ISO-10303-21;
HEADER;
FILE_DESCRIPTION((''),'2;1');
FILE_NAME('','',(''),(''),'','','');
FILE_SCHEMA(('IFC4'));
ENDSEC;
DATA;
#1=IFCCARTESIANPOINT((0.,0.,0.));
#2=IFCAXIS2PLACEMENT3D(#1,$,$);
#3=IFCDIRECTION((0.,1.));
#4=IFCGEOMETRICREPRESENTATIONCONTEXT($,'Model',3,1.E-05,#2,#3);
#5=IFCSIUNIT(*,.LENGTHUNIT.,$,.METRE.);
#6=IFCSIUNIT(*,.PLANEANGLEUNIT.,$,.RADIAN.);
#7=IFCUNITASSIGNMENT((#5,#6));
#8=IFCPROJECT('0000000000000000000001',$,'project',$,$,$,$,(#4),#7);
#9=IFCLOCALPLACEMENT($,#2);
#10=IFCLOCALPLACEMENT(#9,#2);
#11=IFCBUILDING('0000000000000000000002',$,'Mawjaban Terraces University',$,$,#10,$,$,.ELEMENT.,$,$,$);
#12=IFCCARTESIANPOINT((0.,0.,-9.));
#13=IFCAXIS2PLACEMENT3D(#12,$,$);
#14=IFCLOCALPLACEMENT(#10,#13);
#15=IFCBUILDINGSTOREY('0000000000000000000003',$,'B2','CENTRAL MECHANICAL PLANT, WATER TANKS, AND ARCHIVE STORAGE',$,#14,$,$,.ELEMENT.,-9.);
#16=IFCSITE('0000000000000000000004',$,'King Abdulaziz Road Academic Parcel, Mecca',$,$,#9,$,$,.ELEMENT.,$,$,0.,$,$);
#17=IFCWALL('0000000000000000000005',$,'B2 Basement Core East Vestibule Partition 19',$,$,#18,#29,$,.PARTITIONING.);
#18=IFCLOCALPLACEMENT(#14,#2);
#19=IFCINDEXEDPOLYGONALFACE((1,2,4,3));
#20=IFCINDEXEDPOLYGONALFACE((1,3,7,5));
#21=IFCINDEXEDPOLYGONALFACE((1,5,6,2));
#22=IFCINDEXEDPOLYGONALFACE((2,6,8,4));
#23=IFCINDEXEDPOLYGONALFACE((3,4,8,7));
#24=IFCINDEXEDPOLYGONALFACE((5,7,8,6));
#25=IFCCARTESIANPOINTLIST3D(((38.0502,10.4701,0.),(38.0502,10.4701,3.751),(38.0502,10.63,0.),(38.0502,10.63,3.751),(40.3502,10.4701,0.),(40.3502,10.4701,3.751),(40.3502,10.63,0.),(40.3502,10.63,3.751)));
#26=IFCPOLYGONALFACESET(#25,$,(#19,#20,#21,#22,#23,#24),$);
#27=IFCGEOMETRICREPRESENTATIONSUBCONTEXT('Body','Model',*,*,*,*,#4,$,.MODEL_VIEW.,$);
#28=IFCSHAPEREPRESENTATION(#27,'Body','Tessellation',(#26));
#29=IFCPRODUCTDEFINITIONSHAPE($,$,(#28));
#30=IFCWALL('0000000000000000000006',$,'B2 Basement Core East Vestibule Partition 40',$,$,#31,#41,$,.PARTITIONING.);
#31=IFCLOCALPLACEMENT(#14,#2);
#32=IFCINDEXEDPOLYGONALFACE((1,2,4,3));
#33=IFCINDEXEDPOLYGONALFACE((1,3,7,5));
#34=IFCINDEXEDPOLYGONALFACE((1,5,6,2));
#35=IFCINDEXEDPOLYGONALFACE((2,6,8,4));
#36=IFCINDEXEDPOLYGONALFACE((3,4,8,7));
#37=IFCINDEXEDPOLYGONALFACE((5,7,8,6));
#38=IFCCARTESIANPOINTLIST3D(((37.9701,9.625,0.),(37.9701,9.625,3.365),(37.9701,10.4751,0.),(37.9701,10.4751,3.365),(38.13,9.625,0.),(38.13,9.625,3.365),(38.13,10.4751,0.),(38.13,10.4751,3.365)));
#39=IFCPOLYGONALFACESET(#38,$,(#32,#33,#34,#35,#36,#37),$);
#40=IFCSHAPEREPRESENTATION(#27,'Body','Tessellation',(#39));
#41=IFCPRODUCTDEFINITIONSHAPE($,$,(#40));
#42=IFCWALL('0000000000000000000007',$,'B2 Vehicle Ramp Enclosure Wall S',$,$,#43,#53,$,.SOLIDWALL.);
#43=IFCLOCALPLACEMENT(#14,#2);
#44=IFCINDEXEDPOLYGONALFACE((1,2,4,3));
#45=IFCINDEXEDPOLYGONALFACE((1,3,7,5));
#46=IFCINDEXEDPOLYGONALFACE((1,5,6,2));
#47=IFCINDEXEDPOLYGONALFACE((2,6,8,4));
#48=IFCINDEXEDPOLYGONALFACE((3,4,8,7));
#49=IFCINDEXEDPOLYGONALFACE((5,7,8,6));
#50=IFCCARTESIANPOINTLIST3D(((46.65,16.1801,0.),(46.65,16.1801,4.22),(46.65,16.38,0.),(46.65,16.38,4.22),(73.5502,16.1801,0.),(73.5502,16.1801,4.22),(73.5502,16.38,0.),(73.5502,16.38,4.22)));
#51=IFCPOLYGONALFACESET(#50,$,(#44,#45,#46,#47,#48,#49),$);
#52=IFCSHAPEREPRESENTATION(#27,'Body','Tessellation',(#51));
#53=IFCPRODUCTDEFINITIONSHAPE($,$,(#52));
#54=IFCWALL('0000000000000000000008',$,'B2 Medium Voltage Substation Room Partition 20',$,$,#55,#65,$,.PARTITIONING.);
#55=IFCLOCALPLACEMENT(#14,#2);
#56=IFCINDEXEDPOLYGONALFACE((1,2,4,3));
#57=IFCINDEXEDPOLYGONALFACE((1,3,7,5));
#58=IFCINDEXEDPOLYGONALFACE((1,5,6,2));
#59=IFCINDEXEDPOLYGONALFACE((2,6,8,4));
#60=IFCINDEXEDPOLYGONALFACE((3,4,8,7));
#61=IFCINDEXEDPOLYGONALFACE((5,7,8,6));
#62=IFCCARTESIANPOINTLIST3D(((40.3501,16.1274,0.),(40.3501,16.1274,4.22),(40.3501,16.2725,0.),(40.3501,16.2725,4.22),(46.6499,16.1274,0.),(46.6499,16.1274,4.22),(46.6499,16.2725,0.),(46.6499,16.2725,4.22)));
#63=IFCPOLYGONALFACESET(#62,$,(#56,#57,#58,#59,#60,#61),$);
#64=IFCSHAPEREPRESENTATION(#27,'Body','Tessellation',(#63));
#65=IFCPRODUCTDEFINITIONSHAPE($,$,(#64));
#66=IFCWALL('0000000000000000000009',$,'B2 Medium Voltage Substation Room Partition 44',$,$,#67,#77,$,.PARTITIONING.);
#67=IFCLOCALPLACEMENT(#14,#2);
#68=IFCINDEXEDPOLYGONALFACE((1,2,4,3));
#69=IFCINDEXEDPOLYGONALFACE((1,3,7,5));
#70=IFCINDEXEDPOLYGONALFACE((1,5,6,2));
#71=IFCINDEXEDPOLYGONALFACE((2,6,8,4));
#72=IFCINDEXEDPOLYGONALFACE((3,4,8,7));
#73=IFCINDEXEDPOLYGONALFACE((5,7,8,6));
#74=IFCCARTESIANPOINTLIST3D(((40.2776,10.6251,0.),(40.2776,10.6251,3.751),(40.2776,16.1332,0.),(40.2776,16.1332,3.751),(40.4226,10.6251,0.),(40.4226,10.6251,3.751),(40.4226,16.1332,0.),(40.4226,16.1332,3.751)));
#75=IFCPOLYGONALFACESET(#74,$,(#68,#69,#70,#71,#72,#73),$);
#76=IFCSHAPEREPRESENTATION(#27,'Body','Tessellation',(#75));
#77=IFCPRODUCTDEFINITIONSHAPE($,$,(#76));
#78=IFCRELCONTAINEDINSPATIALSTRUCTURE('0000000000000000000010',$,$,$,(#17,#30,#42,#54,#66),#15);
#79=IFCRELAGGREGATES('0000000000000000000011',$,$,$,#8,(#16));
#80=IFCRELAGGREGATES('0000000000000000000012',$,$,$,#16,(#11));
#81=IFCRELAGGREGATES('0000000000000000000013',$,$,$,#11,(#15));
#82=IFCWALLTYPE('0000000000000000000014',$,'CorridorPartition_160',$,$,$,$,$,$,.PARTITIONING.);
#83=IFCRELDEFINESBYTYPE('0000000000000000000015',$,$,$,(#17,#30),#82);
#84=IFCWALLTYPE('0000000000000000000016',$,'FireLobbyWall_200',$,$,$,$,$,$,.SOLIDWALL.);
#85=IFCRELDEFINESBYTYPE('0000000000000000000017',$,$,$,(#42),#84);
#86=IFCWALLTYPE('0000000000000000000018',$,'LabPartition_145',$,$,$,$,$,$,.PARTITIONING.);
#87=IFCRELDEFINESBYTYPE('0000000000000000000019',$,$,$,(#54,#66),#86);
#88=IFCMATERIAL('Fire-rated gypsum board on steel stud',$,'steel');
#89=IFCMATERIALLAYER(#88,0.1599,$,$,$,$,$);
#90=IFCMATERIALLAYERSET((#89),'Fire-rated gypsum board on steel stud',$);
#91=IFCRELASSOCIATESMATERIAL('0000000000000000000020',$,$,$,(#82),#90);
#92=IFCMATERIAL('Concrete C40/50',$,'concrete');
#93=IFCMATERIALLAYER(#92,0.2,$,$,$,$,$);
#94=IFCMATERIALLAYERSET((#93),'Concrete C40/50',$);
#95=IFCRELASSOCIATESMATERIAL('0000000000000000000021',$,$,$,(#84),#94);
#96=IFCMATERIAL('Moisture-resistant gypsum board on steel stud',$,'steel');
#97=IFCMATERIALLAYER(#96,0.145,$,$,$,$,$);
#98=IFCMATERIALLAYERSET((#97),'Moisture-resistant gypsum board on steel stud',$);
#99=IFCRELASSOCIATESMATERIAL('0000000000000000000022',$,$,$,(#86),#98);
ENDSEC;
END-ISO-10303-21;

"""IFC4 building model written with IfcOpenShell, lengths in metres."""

from ifc_helpers import new_model, si_unit, direction, frame, frame_2d, origin, place, context, subcontext, project, spatial, rectangle, extrude, material, layer, layer_set, type_object, element, save


model = new_model("IFC4")

# Units and contexts
model_context = context("Model", 3, precision=1e-05, world=origin(), true_north=direction((0.0, 1.0)))
body_context = subcontext(model_context, "Body", "Model", "MODEL_VIEW")
ifc_project = project(units=[si_unit("LENGTHUNIT", "METRE"), si_unit("PLANEANGLEUNIT", "RADIAN")], contexts=[model_context])

# Site, building, storey
site_placement = place(None, origin())
site = spatial("IfcSite", under=ifc_project, at=site_placement, Name="King Abdulaziz Road Academic Parcel, Mecca", CompositionType="ELEMENT", RefElevation=0.0)
building_placement = place(site_placement, origin())
building = spatial("IfcBuilding", under=site, at=building_placement, Name="Mawjaban Terraces University", CompositionType="ELEMENT")
storey_placement = place(building_placement, frame((0.0, 0.0, -9.0)))
storey = spatial("IfcBuildingStorey", under=building, at=storey_placement, Name="B2", Description="CENTRAL MECHANICAL PLANT, WATER TANKS, AND ARCHIVE STORAGE", CompositionType="ELEMENT", Elevation=-9.0)

# Shared definitions
ifc_material_1 = material(Name="Concrete C40/50", Category="concrete")

# Walls
ifc_material_2 = material(Name="Fire-rated gypsum board on steel stud", Category="steel")
ifc_layer_1 = layer(ifc_material_2, 0.1599)
ifc_layer_set_1 = layer_set([ifc_layer_1], Name="Fire-rated gypsum board on steel stud")
wall_type_1 = type_object("IfcWallType", Name="CorridorPartition_160", PredefinedType="PARTITIONING", material=ifc_layer_set_1)
wall_1_placement = place(storey_placement, frame((40.3501, 10.55, 0.0), z_axis=(0.0, 0.0, 1.0), x_axis=(-1.0, 0.0, 0.0)))
element("IfcWall", 1, at=wall_1_placement, inside=storey, type_object=wall_type_1, Name="B2 Basement Core East Vestibule Partition 19", PredefinedType="PARTITIONING", context=body_context, shape_type="SweptSolid", body=[
    extrude(rectangle(XDim=2.3, YDim=0.1599, at=frame_2d((1.1499, 0.0))), origin(), (0.0, 0.0, 1.0), 3.751),
])
wall_2_placement = place(storey_placement, frame((38.05, 10.4751, 0.0), z_axis=(0.0, 0.0, 1.0), x_axis=(0.0, -1.0, 0.0)))
element("IfcWall", 2, at=wall_2_placement, inside=storey, type_object=wall_type_1, Name="B2 Basement Core East Vestibule Partition 40", PredefinedType="PARTITIONING", context=body_context, shape_type="SweptSolid", body=[
    extrude(rectangle(XDim=0.8501, YDim=0.1599, at=frame_2d((0.425, 0.0))), origin(), (0.0, 0.0, 1.0), 3.365),
])
ifc_layer_2 = layer(ifc_material_1, 0.2)
ifc_layer_set_2 = layer_set([ifc_layer_2], Name="Concrete C40/50")
wall_type_2 = type_object("IfcWallType", Name="FireLobbyWall_200", PredefinedType="SOLIDWALL", material=ifc_layer_set_2)
wall_3_placement = place(storey_placement, frame((46.6499, 16.28, 0.0), z_axis=(0.0, 0.0, 1.0), x_axis=(1.0, 0.0, 0.0)))
element("IfcWall", 3, at=wall_3_placement, inside=storey, type_object=wall_type_2, Name="B2 Vehicle Ramp Enclosure Wall S", PredefinedType="SOLIDWALL", context=body_context, shape_type="SweptSolid", body=[
    extrude(rectangle(XDim=26.9001, YDim=0.2, at=frame_2d((13.4502, 0.0))), origin(), (0.0, 0.0, 1.0), 4.22),
])
ifc_material_3 = material(Name="Moisture-resistant gypsum board on steel stud", Category="steel")
ifc_layer_3 = layer(ifc_material_3, 0.145)
ifc_layer_set_3 = layer_set([ifc_layer_3], Name="Moisture-resistant gypsum board on steel stud")
wall_type_3 = type_object("IfcWallType", Name="LabPartition_145", PredefinedType="PARTITIONING", material=ifc_layer_set_3)
wall_4_placement = place(storey_placement, frame((46.6499, 16.2, 0.0), z_axis=(0.0, 0.0, 1.0), x_axis=(-1.0, 0.0, 0.0)))
element("IfcWall", 4, at=wall_4_placement, inside=storey, type_object=wall_type_3, Name="B2 Medium Voltage Substation Room Partition 20", PredefinedType="PARTITIONING", context=body_context, shape_type="SweptSolid", body=[
    extrude(rectangle(XDim=6.2998, YDim=0.145, at=frame_2d((3.1499, 0.0))), origin(), (0.0, 0.0, 1.0), 4.22),
])
wall_5_placement = place(storey_placement, frame((40.3501, 16.1331, 0.0), z_axis=(0.0, 0.0, 1.0), x_axis=(0.0, -1.0, 0.0)))
element("IfcWall", 5, at=wall_5_placement, inside=storey, type_object=wall_type_3, Name="B2 Medium Voltage Substation Room Partition 44", PredefinedType="PARTITIONING", context=body_context, shape_type="SweptSolid", body=[
    extrude(rectangle(XDim=5.5081, YDim=0.145, at=frame_2d((2.7539, 0.0))), origin(), (0.0, 0.0, 1.0), 3.751),
])

save(model, "model.ifc")
